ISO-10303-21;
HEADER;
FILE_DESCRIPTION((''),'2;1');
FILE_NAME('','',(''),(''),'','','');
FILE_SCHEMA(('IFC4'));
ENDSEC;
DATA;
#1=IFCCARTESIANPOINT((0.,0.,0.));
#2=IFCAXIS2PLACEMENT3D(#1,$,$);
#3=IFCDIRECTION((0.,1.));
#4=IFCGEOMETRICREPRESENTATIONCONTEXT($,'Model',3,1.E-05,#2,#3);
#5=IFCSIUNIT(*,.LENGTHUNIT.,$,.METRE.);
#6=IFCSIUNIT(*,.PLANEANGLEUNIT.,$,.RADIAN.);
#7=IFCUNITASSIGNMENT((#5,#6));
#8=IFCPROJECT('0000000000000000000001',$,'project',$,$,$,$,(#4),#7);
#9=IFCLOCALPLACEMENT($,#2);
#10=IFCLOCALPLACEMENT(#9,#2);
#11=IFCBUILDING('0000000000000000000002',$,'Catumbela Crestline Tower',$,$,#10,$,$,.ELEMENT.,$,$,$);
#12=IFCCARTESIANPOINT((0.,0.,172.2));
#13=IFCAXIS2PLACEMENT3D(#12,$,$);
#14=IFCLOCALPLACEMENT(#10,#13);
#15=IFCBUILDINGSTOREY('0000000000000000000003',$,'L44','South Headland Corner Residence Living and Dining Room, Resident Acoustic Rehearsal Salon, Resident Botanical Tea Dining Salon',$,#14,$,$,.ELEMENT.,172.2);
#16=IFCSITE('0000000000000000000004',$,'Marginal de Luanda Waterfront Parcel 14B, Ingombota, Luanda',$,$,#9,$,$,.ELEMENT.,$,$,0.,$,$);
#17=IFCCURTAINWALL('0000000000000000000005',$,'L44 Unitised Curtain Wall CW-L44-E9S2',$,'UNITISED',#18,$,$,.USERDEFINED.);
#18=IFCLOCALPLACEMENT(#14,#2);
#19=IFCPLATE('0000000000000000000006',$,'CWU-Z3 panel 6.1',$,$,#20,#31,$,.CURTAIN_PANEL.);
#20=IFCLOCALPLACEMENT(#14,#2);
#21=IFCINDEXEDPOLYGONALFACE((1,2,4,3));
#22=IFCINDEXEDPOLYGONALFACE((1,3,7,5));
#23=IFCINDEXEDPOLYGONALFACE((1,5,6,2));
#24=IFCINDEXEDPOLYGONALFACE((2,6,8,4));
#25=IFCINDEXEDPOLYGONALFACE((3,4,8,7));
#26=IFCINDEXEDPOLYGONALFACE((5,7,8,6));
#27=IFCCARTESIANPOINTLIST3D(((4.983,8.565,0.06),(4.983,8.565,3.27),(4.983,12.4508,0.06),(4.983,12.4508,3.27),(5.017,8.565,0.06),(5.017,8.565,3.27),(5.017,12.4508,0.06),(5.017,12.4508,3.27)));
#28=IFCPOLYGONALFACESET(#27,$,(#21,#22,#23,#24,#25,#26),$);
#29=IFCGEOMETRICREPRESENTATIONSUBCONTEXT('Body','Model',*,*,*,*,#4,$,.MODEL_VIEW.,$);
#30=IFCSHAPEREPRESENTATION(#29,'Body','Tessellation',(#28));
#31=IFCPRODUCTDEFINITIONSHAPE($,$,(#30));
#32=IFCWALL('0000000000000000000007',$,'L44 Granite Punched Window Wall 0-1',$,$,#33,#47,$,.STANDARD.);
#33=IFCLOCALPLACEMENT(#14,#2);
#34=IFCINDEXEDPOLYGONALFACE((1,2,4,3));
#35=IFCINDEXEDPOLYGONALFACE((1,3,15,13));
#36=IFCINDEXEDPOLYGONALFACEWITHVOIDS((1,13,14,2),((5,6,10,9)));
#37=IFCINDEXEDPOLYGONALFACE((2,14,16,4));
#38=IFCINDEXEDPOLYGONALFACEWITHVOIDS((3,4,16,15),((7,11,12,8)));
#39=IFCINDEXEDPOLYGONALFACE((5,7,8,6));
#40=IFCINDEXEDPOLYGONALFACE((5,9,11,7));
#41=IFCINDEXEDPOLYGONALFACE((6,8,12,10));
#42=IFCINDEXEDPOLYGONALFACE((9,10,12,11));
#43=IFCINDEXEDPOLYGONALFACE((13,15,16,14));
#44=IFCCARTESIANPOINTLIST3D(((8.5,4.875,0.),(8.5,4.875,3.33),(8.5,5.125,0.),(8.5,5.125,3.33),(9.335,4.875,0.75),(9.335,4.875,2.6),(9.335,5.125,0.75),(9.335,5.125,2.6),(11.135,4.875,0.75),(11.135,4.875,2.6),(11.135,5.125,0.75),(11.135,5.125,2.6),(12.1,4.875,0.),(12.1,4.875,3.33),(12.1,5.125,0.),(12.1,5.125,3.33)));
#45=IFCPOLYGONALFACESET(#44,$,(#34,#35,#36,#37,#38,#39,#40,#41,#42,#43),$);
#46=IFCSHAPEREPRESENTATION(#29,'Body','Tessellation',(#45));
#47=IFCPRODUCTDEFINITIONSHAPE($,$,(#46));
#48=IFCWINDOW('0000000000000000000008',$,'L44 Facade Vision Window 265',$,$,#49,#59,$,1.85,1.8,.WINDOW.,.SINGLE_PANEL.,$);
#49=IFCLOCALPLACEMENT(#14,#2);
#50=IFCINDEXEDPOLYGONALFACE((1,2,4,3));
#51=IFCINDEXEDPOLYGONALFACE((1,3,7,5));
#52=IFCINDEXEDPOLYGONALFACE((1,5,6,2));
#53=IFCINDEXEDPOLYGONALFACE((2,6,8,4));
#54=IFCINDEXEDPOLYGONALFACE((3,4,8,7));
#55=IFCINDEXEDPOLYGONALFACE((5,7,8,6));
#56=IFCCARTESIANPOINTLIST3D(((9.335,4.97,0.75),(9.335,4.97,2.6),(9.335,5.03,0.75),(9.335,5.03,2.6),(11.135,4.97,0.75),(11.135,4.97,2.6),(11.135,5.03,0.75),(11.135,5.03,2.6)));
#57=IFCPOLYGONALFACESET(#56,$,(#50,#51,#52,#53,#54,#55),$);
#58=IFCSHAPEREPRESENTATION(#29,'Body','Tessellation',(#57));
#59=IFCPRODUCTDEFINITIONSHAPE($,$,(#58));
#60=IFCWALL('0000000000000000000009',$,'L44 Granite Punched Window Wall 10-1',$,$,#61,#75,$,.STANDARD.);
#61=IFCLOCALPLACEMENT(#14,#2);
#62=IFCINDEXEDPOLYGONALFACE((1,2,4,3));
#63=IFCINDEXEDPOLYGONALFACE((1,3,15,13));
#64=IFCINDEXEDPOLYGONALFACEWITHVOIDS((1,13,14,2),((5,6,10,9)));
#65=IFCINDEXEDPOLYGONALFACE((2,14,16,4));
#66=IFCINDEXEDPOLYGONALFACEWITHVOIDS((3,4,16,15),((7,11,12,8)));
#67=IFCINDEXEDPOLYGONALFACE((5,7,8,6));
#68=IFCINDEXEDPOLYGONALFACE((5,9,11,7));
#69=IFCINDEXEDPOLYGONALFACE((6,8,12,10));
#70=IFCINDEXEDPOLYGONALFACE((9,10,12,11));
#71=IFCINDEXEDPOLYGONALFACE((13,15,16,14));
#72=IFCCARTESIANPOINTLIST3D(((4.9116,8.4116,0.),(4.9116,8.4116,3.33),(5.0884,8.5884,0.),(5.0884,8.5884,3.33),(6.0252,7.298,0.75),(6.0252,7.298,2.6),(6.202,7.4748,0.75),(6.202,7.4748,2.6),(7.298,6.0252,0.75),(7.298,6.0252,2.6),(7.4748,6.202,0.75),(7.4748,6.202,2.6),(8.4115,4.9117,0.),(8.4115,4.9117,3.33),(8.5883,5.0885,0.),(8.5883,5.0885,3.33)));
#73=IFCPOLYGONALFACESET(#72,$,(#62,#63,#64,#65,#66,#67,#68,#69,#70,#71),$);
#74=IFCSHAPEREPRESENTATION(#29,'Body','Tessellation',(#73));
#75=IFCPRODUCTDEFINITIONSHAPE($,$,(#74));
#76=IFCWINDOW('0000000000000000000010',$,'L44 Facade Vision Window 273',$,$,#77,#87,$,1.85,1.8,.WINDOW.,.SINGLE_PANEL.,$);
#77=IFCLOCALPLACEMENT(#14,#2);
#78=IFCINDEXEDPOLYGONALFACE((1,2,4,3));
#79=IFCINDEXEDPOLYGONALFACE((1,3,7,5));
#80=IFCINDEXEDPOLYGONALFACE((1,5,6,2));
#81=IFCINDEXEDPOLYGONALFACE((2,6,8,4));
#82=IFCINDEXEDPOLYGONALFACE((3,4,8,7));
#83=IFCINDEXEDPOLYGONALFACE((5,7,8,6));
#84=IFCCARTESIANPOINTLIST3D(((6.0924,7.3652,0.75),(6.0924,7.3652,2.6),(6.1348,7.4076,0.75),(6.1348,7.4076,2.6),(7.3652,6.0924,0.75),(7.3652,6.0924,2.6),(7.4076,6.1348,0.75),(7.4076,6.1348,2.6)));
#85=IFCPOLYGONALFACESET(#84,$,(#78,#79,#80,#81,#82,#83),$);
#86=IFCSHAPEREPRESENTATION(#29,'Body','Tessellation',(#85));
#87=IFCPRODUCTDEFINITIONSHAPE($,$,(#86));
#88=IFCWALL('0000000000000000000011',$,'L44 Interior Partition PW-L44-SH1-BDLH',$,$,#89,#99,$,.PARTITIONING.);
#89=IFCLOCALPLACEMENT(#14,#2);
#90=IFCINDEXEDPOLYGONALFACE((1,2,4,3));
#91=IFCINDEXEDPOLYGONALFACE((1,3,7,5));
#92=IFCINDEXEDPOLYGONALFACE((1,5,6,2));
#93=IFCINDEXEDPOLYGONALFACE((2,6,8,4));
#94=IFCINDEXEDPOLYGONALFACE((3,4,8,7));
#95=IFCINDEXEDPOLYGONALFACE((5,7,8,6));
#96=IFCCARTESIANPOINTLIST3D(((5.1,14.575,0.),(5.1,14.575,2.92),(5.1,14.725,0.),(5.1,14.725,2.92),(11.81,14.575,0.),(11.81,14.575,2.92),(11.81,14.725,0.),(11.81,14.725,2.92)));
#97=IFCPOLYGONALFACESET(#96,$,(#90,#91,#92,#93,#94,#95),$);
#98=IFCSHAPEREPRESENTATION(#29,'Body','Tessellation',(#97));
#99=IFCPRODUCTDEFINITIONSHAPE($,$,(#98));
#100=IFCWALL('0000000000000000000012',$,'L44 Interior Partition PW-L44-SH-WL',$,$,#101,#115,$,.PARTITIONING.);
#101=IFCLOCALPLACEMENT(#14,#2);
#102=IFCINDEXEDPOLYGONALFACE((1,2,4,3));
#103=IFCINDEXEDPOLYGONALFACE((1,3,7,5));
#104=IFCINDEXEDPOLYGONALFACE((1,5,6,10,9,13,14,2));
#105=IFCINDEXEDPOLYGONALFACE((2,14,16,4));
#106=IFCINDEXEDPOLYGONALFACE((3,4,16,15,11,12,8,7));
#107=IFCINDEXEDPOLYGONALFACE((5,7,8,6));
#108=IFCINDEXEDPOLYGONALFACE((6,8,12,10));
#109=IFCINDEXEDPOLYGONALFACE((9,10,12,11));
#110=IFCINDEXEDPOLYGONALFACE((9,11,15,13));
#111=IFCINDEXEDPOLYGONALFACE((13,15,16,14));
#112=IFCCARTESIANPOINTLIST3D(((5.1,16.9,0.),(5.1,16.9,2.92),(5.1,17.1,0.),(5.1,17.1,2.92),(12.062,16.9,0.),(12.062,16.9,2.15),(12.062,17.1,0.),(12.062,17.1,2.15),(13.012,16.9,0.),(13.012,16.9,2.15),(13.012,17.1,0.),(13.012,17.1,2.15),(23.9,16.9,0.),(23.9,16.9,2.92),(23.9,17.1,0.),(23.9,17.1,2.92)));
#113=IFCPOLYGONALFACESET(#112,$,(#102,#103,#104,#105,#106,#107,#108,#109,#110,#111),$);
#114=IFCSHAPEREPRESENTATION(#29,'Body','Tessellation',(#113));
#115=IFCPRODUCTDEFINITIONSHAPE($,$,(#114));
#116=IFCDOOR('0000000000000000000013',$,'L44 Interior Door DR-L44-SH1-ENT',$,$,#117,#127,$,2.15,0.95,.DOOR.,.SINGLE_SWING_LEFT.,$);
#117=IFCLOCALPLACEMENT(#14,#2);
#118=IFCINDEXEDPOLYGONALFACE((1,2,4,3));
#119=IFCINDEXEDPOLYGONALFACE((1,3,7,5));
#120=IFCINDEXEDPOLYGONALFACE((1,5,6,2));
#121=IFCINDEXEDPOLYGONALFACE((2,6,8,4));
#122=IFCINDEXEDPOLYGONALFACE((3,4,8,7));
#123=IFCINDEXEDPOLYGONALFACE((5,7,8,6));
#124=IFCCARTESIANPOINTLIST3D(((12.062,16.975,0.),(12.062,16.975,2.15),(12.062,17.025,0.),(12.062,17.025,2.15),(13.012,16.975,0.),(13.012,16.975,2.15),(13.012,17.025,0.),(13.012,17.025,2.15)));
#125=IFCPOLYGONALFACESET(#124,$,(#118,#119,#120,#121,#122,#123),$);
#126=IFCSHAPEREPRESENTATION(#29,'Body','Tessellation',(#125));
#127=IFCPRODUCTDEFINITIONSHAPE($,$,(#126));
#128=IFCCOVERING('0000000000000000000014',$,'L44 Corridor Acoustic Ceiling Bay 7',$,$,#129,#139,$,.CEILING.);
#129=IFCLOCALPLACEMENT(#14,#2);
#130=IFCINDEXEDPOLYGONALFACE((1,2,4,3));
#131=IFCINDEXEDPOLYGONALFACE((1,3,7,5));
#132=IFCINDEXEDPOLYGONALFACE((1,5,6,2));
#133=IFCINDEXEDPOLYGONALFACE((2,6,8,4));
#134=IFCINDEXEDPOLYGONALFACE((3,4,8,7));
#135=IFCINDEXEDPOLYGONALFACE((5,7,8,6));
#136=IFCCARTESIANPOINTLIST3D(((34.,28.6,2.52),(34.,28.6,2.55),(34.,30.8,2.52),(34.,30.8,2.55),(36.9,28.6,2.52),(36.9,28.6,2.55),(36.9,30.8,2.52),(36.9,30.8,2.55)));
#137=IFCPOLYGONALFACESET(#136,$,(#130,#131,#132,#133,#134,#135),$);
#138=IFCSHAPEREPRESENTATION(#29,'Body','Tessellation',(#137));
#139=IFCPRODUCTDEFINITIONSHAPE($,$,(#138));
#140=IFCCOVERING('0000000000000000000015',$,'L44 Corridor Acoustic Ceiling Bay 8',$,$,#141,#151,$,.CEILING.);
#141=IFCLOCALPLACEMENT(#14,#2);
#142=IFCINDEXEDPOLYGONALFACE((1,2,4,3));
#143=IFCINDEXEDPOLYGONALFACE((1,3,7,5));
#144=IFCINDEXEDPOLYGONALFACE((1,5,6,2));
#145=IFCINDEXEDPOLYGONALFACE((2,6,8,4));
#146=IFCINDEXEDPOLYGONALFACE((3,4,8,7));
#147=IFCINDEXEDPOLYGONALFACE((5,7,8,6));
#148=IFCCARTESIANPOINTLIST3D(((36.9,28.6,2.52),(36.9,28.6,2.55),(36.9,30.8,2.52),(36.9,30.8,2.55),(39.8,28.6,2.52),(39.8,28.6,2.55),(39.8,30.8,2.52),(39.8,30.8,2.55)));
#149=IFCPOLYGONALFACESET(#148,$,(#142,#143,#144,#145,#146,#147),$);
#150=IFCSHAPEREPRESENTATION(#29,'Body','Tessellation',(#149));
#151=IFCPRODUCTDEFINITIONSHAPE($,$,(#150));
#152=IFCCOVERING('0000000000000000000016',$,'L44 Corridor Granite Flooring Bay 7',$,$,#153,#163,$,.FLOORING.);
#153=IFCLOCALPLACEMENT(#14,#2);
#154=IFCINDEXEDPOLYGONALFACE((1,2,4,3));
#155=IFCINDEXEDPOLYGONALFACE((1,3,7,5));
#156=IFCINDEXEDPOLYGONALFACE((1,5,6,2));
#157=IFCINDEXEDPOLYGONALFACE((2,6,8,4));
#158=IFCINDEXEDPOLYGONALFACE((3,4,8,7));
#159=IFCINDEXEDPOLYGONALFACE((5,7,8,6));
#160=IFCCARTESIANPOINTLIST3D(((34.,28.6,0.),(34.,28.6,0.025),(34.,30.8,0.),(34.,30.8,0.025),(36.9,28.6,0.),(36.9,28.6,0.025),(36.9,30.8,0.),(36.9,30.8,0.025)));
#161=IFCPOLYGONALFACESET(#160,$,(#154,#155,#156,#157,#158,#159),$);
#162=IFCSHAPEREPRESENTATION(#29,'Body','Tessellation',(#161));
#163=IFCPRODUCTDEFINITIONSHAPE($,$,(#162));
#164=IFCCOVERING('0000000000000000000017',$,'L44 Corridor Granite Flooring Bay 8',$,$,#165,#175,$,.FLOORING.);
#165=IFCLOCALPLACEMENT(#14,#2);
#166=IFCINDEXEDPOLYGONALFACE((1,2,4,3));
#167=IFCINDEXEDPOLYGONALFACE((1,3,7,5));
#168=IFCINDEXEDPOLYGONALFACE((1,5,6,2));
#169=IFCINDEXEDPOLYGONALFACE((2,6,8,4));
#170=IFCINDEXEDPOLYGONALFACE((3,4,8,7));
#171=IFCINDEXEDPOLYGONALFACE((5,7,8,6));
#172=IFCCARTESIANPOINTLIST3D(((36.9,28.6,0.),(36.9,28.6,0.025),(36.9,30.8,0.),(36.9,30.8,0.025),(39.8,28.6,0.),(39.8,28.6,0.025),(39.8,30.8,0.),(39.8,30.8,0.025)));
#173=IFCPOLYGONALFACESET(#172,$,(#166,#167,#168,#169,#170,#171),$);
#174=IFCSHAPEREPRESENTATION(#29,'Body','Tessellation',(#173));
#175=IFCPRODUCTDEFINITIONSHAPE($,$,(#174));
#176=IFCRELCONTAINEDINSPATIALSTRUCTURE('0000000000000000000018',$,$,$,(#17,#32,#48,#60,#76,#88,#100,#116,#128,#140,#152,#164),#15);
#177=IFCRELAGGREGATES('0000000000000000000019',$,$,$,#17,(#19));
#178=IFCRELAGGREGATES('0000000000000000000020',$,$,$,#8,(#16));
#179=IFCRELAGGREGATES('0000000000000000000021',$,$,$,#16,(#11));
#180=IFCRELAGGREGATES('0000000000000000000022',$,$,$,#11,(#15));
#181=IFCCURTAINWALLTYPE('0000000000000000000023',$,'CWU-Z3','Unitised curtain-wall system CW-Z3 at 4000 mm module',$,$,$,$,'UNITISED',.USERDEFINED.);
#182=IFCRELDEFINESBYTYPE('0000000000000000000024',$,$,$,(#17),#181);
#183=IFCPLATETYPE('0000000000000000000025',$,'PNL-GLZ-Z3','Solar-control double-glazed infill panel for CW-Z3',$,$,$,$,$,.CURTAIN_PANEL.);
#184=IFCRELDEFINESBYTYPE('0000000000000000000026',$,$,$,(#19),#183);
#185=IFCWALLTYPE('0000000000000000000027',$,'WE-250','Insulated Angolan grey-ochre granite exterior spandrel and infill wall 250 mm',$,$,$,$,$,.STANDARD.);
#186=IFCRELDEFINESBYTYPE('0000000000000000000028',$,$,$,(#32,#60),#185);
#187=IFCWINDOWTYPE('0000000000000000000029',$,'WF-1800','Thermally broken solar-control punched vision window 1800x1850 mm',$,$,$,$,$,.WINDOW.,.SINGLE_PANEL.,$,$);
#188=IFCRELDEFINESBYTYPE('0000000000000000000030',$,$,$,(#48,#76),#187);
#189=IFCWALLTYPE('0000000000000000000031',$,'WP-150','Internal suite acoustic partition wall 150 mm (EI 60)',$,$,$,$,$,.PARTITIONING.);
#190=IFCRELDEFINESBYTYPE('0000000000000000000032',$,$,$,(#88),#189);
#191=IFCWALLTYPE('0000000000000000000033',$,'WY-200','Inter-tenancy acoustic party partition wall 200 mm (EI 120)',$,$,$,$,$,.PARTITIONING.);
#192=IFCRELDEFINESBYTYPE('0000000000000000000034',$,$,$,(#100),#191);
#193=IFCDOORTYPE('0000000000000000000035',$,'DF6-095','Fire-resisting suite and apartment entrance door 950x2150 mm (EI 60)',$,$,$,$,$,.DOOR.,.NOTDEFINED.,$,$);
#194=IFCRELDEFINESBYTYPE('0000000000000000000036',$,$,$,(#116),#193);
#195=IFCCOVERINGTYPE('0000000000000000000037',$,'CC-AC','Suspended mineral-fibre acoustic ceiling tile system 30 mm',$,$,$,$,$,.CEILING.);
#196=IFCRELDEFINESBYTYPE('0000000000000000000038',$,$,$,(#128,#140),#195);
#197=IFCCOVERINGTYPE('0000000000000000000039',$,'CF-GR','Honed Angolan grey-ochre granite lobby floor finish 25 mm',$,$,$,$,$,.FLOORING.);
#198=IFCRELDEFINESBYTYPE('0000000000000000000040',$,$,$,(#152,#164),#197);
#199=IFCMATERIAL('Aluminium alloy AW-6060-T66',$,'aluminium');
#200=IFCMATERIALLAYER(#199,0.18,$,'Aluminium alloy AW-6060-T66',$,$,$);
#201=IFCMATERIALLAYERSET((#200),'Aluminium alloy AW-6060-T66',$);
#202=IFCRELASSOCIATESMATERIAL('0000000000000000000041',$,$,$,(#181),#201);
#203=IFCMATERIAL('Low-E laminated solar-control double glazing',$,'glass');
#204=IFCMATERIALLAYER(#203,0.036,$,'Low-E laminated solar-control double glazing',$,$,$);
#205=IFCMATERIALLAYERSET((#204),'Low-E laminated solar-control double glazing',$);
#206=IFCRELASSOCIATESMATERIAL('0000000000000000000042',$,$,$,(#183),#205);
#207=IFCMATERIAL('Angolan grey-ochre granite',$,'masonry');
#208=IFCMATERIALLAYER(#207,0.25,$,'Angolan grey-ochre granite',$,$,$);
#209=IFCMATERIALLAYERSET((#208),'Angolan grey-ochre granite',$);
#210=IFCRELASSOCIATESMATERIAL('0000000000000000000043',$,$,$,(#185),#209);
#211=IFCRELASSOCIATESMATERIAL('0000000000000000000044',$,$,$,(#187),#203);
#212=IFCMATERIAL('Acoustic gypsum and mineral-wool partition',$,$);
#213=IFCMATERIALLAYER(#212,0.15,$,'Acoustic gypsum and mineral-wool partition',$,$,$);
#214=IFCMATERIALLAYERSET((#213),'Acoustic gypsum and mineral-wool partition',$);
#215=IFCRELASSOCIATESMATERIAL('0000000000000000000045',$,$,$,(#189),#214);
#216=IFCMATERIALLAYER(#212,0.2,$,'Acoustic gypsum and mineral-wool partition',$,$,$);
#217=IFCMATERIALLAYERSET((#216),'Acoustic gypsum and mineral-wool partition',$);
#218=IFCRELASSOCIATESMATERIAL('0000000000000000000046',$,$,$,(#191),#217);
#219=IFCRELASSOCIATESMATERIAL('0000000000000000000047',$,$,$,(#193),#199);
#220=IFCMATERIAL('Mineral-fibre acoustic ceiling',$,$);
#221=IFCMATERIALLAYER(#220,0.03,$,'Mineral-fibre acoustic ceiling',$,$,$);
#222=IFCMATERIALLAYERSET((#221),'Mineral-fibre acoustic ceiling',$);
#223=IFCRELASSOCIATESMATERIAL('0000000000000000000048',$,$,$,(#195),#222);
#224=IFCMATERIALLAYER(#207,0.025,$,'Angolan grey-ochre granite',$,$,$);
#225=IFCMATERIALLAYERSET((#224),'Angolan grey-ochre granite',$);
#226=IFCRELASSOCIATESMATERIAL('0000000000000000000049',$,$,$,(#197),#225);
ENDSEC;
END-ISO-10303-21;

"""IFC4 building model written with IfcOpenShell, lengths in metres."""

from ifc_helpers import new_model, si_unit, direction, frame, frame_2d, origin, origin_2d, place, context, subcontext, project, spatial, polyline, rectangle, outline, extrude, material, layer, layer_set, type_object, element, fill, aggregate, save


model = new_model("IFC4")

# Units and contexts
model_context = context("Model", 3, precision=1e-05, world=origin(), true_north=direction((0.0, 1.0)))
body_context = subcontext(model_context, "Body", "Model", "MODEL_VIEW")
ifc_project = project(units=[si_unit("LENGTHUNIT", "METRE"), si_unit("PLANEANGLEUNIT", "RADIAN")], contexts=[model_context])

# Site, building, storey
site_placement = place(None, origin())
site = spatial("IfcSite", under=ifc_project, at=site_placement, Name="Marginal de Luanda Waterfront Parcel 14B, Ingombota, Luanda", CompositionType="ELEMENT", RefElevation=0.0)
building_placement = place(site_placement, origin())
building = spatial("IfcBuilding", under=site, at=building_placement, Name="Catumbela Crestline Tower", CompositionType="ELEMENT")
storey_placement = place(building_placement, frame((0.0, 0.0, 172.2)))
storey = spatial("IfcBuildingStorey", under=building, at=storey_placement, Name="L44", Description="South Headland Corner Residence Living and Dining Room, Resident Acoustic Rehearsal Salon, Resident Botanical Tea Dining Salon", CompositionType="ELEMENT", Elevation=172.2)

# Curtain wall, plate
ifc_material_1 = material(Name="Aluminium alloy AW-6060-T66", Category="aluminium")
ifc_layer_1 = layer(ifc_material_1, 0.18, Name="Aluminium alloy AW-6060-T66")
ifc_layer_set_1 = layer_set([ifc_layer_1], Name="Aluminium alloy AW-6060-T66")
curtain_wall_type = type_object("IfcCurtainWallType", Name="CWU-Z3", Description="Unitised curtain-wall system CW-Z3 at 4000 mm module", ElementType="UNITISED", PredefinedType="USERDEFINED", material=ifc_layer_set_1)
curtain_wall_placement = place(storey_placement, origin())
curtain_wall = element("IfcCurtainWall", 1, at=curtain_wall_placement, inside=storey, type_object=curtain_wall_type, Name="L44 Unitised Curtain Wall CW-L44-E9S2", ObjectType="UNITISED", PredefinedType="USERDEFINED")
ifc_material_2 = material(Name="Low-E laminated solar-control double glazing", Category="glass")
ifc_layer_2 = layer(ifc_material_2, 0.036, Name="Low-E laminated solar-control double glazing")
ifc_layer_set_2 = layer_set([ifc_layer_2], Name="Low-E laminated solar-control double glazing")
plate_type = type_object("IfcPlateType", Name="PNL-GLZ-Z3", Description="Solar-control double-glazed infill panel for CW-Z3", PredefinedType="CURTAIN_PANEL", material=ifc_layer_set_2)
plate_1_placement = place(storey_placement, frame((5.0, 10.5079, 0.06), z_axis=(0.0, 0.0, 1.0), x_axis=(0.0, -1.0, 0.0)))
plate_1 = element("IfcPlate", 2, at=plate_1_placement, type_object=plate_type, Name="CWU-Z3 panel 6.1", PredefinedType="CURTAIN_PANEL", context=body_context, shape_type="SweptSolid", body=[
    extrude(rectangle(XDim=3.8858, YDim=0.034, at=origin_2d()), origin(), (0.0, 0.0, 1.0), 3.21),
])
aggregate(curtain_wall, [plate_1])

# Walls, openings, windows
ifc_material_3 = material(Name="Angolan grey-ochre granite", Category="masonry")
ifc_layer_3 = layer(ifc_material_3, 0.25, Name="Angolan grey-ochre granite")
ifc_layer_set_3 = layer_set([ifc_layer_3], Name="Angolan grey-ochre granite")
wall_type_1 = type_object("IfcWallType", Name="WE-250", Description="Insulated Angolan grey-ochre granite exterior spandrel and infill wall 250 mm", PredefinedType="STANDARD", material=ifc_layer_set_3)
wall_1_placement = place(storey_placement, frame((8.5, 5.0, 0.0), z_axis=(0.0, 0.0, 1.0), x_axis=(1.0, 0.0, 0.0)))
wall_1 = element("IfcWall", 3, at=wall_1_placement, inside=storey, type_object=wall_type_1, Name="L44 Granite Punched Window Wall 0-1", PredefinedType="STANDARD", context=body_context, shape_type="SweptSolid", body=[
    extrude(rectangle(XDim=3.6, YDim=0.25, at=frame_2d((1.8, 0.0))), origin(), (0.0, 0.0, 1.0), 3.33),
])
opening_1_placement = place(wall_1_placement, frame((0.835, 0.0, 0.75)))
opening_1 = element("IfcOpeningElement", 4, at=opening_1_placement, cuts=wall_1, PredefinedType="OPENING", context=body_context, shape_type="SweptSolid", body=[
    extrude(rectangle(XDim=1.8, YDim=1.85, at=frame_2d((0.9, 0.925))), frame((0.0, 0.135, 0.0), z_axis=(0.0, -1.0, 0.0), x_axis=(1.0, 0.0, 0.0)), (0.0, 0.0, 1.0), 0.27),
])
window_type = type_object("IfcWindowType", Name="WF-1800", Description="Thermally broken solar-control punched vision window 1800x1850 mm", PartitioningType="SINGLE_PANEL", PredefinedType="WINDOW", material=ifc_material_2)
window_1_placement = place(opening_1_placement, origin())
window_1 = element("IfcWindow", 5, at=window_1_placement, inside=storey, type_object=window_type, Name="L44 Facade Vision Window 265", OverallHeight=1.85, OverallWidth=1.8, PartitioningType="SINGLE_PANEL", PredefinedType="WINDOW", context=body_context, shape_type="SweptSolid", body=[
    extrude(rectangle(XDim=1.8, YDim=1.85, at=frame_2d((0.9, 0.925))), frame((0.0, 0.03, 0.0), z_axis=(0.0, -1.0, 0.0), x_axis=(1.0, 0.0, 0.0)), (0.0, 0.0, 1.0), 0.06),
])
fill(opening_1, window_1)
wall_2_placement = place(storey_placement, frame((5.0, 8.5, 0.0), z_axis=(0.0, 0.0, 1.0), x_axis=(0.707107, -0.707107, 0.0)))
wall_2 = element("IfcWall", 6, at=wall_2_placement, inside=storey, type_object=wall_type_1, Name="L44 Granite Punched Window Wall 10-1", PredefinedType="STANDARD", context=body_context, shape_type="SweptSolid", body=[
    extrude(rectangle(XDim=4.9497, YDim=0.25, at=frame_2d((2.4748, 0.0))), origin(), (0.0, 0.0, 1.0), 3.33),
])
opening_2_placement = place(wall_2_placement, frame((1.5749, 0.0, 0.75)))
opening_2 = element("IfcOpeningElement", 7, at=opening_2_placement, cuts=wall_2, PredefinedType="OPENING", context=body_context, shape_type="SweptSolid", body=[
    extrude(rectangle(XDim=1.8, YDim=1.85, at=frame_2d((0.9, 0.925))), frame((0.0, 0.135, 0.0), z_axis=(0.0, -1.0, 0.0), x_axis=(1.0, 0.0, 0.0)), (0.0, 0.0, 1.0), 0.27),
])
window_2_placement = place(opening_2_placement, origin())
window_2 = element("IfcWindow", 8, at=window_2_placement, inside=storey, type_object=window_type, Name="L44 Facade Vision Window 273", OverallHeight=1.85, OverallWidth=1.8, PartitioningType="SINGLE_PANEL", PredefinedType="WINDOW", context=body_context, shape_type="SweptSolid", body=[
    extrude(rectangle(XDim=1.8, YDim=1.85, at=frame_2d((0.9, 0.925))), frame((0.0, 0.03, 0.0), z_axis=(0.0, -1.0, 0.0), x_axis=(1.0, 0.0, 0.0)), (0.0, 0.0, 1.0), 0.06),
])
fill(opening_2, window_2)

# Wall
ifc_material_4 = material(Name="Acoustic gypsum and mineral-wool partition")
ifc_layer_4 = layer(ifc_material_4, 0.15, Name="Acoustic gypsum and mineral-wool partition")
ifc_layer_set_4 = layer_set([ifc_layer_4], Name="Acoustic gypsum and mineral-wool partition")
wall_type_2 = type_object("IfcWallType", Name="WP-150", Description="Internal suite acoustic partition wall 150 mm (EI 60)", PredefinedType="PARTITIONING", material=ifc_layer_set_4)
wall_3_placement = place(storey_placement, frame((5.1, 14.65, 0.0), z_axis=(0.0, 0.0, 1.0), x_axis=(1.0, 0.0, 0.0)))
element("IfcWall", 9, at=wall_3_placement, inside=storey, type_object=wall_type_2, Name="L44 Interior Partition PW-L44-SH1-BDLH", PredefinedType="PARTITIONING", context=body_context, shape_type="SweptSolid", body=[
    extrude(rectangle(XDim=6.71, YDim=0.15, at=frame_2d((3.355, 0.0))), origin(), (0.0, 0.0, 1.0), 2.92),
])

# Wall, opening, door
ifc_layer_5 = layer(ifc_material_4, 0.2, Name="Acoustic gypsum and mineral-wool partition")
ifc_layer_set_5 = layer_set([ifc_layer_5], Name="Acoustic gypsum and mineral-wool partition")
wall_type_3 = type_object("IfcWallType", Name="WY-200", Description="Inter-tenancy acoustic party partition wall 200 mm (EI 120)", PredefinedType="PARTITIONING", material=ifc_layer_set_5)
wall_4_placement = place(storey_placement, frame((5.1, 17.0, 0.0), z_axis=(0.0, 0.0, 1.0), x_axis=(1.0, 0.0, 0.0)))
wall_4 = element("IfcWall", 10, at=wall_4_placement, inside=storey, type_object=wall_type_3, Name="L44 Interior Partition PW-L44-SH-WL", PredefinedType="PARTITIONING", context=body_context, shape_type="SweptSolid", body=[
    extrude(rectangle(XDim=18.8, YDim=0.2, at=frame_2d((9.4, 0.0))), origin(), (0.0, 0.0, 1.0), 2.92),
])
opening_3_placement = place(wall_4_placement, frame((6.962, 0.0, 0.0)))
opening_3 = element("IfcOpeningElement", 11, at=opening_3_placement, cuts=wall_4, PredefinedType="OPENING", context=body_context, shape_type="SweptSolid", body=[
    extrude(rectangle(XDim=0.95, YDim=2.15, at=frame_2d((0.475, 1.075))), frame((0.0, 0.11, 0.0), z_axis=(0.0, -1.0, 0.0), x_axis=(1.0, 0.0, 0.0)), (0.0, 0.0, 1.0), 0.22),
])
door_type = type_object("IfcDoorType", Name="DF6-095", Description="Fire-resisting suite and apartment entrance door 950x2150 mm (EI 60)", OperationType="NOTDEFINED", PredefinedType="DOOR", material=ifc_material_1)
door_placement = place(opening_3_placement, origin())
door = element("IfcDoor", 12, at=door_placement, inside=storey, type_object=door_type, Name="L44 Interior Door DR-L44-SH1-ENT", OperationType="SINGLE_SWING_LEFT", OverallHeight=2.15, OverallWidth=0.95, PredefinedType="DOOR", context=body_context, shape_type="SweptSolid", body=[
    extrude(rectangle(XDim=0.95, YDim=2.15, at=frame_2d((0.475, 1.075))), frame((0.0, 0.025, 0.0), z_axis=(0.0, -1.0, 0.0), x_axis=(1.0, 0.0, 0.0)), (0.0, 0.0, 1.0), 0.05),
])
fill(opening_3, door)

# Coverings
ifc_material_5 = material(Name="Mineral-fibre acoustic ceiling")
ifc_layer_6 = layer(ifc_material_5, 0.03, Name="Mineral-fibre acoustic ceiling")
ifc_layer_set_6 = layer_set([ifc_layer_6], Name="Mineral-fibre acoustic ceiling")
covering_type_1 = type_object("IfcCoveringType", Name="CC-AC", Description="Suspended mineral-fibre acoustic ceiling tile system 30 mm", PredefinedType="CEILING", material=ifc_layer_set_6)
covering_1_placement = place(storey_placement, frame((0.0, 0.0, 2.52)))
element("IfcCovering", 13, at=covering_1_placement, inside=storey, type_object=covering_type_1, Name="L44 Corridor Acoustic Ceiling Bay 7", PredefinedType="CEILING", context=body_context, shape_type="SweptSolid", body=[
    extrude(outline(polyline([(34.0, 28.6), (36.9, 28.6), (36.9, 30.8), (34.0, 30.8), (34.0, 28.6)])), origin(), (0.0, 0.0, 1.0), 0.03),
])
covering_2_placement = place(storey_placement, frame((0.0, 0.0, 2.52)))
element("IfcCovering", 14, at=covering_2_placement, inside=storey, type_object=covering_type_1, Name="L44 Corridor Acoustic Ceiling Bay 8", PredefinedType="CEILING", context=body_context, shape_type="SweptSolid", body=[
    extrude(outline(polyline([(36.9, 28.6), (39.8, 28.6), (39.8, 30.8), (36.9, 30.8), (36.9, 28.6)])), origin(), (0.0, 0.0, 1.0), 0.03),
])
ifc_layer_7 = layer(ifc_material_3, 0.025, Name="Angolan grey-ochre granite")
ifc_layer_set_7 = layer_set([ifc_layer_7], Name="Angolan grey-ochre granite")
covering_type_2 = type_object("IfcCoveringType", Name="CF-GR", Description="Honed Angolan grey-ochre granite lobby floor finish 25 mm", PredefinedType="FLOORING", material=ifc_layer_set_7)
covering_3_placement = place(storey_placement, origin())
element("IfcCovering", 15, at=covering_3_placement, inside=storey, type_object=covering_type_2, Name="L44 Corridor Granite Flooring Bay 7", PredefinedType="FLOORING", context=body_context, shape_type="SweptSolid", body=[
    extrude(outline(polyline([(34.0, 28.6), (36.9, 28.6), (36.9, 30.8), (34.0, 30.8), (34.0, 28.6)])), origin(), (0.0, 0.0, 1.0), 0.025),
])
covering_4_placement = place(storey_placement, origin())
element("IfcCovering", 16, at=covering_4_placement, inside=storey, type_object=covering_type_2, Name="L44 Corridor Granite Flooring Bay 8", PredefinedType="FLOORING", context=body_context, shape_type="SweptSolid", body=[
    extrude(outline(polyline([(36.9, 28.6), (39.8, 28.6), (39.8, 30.8), (36.9, 30.8), (36.9, 28.6)])), origin(), (0.0, 0.0, 1.0), 0.025),
])

save(model, "model.ifc")
